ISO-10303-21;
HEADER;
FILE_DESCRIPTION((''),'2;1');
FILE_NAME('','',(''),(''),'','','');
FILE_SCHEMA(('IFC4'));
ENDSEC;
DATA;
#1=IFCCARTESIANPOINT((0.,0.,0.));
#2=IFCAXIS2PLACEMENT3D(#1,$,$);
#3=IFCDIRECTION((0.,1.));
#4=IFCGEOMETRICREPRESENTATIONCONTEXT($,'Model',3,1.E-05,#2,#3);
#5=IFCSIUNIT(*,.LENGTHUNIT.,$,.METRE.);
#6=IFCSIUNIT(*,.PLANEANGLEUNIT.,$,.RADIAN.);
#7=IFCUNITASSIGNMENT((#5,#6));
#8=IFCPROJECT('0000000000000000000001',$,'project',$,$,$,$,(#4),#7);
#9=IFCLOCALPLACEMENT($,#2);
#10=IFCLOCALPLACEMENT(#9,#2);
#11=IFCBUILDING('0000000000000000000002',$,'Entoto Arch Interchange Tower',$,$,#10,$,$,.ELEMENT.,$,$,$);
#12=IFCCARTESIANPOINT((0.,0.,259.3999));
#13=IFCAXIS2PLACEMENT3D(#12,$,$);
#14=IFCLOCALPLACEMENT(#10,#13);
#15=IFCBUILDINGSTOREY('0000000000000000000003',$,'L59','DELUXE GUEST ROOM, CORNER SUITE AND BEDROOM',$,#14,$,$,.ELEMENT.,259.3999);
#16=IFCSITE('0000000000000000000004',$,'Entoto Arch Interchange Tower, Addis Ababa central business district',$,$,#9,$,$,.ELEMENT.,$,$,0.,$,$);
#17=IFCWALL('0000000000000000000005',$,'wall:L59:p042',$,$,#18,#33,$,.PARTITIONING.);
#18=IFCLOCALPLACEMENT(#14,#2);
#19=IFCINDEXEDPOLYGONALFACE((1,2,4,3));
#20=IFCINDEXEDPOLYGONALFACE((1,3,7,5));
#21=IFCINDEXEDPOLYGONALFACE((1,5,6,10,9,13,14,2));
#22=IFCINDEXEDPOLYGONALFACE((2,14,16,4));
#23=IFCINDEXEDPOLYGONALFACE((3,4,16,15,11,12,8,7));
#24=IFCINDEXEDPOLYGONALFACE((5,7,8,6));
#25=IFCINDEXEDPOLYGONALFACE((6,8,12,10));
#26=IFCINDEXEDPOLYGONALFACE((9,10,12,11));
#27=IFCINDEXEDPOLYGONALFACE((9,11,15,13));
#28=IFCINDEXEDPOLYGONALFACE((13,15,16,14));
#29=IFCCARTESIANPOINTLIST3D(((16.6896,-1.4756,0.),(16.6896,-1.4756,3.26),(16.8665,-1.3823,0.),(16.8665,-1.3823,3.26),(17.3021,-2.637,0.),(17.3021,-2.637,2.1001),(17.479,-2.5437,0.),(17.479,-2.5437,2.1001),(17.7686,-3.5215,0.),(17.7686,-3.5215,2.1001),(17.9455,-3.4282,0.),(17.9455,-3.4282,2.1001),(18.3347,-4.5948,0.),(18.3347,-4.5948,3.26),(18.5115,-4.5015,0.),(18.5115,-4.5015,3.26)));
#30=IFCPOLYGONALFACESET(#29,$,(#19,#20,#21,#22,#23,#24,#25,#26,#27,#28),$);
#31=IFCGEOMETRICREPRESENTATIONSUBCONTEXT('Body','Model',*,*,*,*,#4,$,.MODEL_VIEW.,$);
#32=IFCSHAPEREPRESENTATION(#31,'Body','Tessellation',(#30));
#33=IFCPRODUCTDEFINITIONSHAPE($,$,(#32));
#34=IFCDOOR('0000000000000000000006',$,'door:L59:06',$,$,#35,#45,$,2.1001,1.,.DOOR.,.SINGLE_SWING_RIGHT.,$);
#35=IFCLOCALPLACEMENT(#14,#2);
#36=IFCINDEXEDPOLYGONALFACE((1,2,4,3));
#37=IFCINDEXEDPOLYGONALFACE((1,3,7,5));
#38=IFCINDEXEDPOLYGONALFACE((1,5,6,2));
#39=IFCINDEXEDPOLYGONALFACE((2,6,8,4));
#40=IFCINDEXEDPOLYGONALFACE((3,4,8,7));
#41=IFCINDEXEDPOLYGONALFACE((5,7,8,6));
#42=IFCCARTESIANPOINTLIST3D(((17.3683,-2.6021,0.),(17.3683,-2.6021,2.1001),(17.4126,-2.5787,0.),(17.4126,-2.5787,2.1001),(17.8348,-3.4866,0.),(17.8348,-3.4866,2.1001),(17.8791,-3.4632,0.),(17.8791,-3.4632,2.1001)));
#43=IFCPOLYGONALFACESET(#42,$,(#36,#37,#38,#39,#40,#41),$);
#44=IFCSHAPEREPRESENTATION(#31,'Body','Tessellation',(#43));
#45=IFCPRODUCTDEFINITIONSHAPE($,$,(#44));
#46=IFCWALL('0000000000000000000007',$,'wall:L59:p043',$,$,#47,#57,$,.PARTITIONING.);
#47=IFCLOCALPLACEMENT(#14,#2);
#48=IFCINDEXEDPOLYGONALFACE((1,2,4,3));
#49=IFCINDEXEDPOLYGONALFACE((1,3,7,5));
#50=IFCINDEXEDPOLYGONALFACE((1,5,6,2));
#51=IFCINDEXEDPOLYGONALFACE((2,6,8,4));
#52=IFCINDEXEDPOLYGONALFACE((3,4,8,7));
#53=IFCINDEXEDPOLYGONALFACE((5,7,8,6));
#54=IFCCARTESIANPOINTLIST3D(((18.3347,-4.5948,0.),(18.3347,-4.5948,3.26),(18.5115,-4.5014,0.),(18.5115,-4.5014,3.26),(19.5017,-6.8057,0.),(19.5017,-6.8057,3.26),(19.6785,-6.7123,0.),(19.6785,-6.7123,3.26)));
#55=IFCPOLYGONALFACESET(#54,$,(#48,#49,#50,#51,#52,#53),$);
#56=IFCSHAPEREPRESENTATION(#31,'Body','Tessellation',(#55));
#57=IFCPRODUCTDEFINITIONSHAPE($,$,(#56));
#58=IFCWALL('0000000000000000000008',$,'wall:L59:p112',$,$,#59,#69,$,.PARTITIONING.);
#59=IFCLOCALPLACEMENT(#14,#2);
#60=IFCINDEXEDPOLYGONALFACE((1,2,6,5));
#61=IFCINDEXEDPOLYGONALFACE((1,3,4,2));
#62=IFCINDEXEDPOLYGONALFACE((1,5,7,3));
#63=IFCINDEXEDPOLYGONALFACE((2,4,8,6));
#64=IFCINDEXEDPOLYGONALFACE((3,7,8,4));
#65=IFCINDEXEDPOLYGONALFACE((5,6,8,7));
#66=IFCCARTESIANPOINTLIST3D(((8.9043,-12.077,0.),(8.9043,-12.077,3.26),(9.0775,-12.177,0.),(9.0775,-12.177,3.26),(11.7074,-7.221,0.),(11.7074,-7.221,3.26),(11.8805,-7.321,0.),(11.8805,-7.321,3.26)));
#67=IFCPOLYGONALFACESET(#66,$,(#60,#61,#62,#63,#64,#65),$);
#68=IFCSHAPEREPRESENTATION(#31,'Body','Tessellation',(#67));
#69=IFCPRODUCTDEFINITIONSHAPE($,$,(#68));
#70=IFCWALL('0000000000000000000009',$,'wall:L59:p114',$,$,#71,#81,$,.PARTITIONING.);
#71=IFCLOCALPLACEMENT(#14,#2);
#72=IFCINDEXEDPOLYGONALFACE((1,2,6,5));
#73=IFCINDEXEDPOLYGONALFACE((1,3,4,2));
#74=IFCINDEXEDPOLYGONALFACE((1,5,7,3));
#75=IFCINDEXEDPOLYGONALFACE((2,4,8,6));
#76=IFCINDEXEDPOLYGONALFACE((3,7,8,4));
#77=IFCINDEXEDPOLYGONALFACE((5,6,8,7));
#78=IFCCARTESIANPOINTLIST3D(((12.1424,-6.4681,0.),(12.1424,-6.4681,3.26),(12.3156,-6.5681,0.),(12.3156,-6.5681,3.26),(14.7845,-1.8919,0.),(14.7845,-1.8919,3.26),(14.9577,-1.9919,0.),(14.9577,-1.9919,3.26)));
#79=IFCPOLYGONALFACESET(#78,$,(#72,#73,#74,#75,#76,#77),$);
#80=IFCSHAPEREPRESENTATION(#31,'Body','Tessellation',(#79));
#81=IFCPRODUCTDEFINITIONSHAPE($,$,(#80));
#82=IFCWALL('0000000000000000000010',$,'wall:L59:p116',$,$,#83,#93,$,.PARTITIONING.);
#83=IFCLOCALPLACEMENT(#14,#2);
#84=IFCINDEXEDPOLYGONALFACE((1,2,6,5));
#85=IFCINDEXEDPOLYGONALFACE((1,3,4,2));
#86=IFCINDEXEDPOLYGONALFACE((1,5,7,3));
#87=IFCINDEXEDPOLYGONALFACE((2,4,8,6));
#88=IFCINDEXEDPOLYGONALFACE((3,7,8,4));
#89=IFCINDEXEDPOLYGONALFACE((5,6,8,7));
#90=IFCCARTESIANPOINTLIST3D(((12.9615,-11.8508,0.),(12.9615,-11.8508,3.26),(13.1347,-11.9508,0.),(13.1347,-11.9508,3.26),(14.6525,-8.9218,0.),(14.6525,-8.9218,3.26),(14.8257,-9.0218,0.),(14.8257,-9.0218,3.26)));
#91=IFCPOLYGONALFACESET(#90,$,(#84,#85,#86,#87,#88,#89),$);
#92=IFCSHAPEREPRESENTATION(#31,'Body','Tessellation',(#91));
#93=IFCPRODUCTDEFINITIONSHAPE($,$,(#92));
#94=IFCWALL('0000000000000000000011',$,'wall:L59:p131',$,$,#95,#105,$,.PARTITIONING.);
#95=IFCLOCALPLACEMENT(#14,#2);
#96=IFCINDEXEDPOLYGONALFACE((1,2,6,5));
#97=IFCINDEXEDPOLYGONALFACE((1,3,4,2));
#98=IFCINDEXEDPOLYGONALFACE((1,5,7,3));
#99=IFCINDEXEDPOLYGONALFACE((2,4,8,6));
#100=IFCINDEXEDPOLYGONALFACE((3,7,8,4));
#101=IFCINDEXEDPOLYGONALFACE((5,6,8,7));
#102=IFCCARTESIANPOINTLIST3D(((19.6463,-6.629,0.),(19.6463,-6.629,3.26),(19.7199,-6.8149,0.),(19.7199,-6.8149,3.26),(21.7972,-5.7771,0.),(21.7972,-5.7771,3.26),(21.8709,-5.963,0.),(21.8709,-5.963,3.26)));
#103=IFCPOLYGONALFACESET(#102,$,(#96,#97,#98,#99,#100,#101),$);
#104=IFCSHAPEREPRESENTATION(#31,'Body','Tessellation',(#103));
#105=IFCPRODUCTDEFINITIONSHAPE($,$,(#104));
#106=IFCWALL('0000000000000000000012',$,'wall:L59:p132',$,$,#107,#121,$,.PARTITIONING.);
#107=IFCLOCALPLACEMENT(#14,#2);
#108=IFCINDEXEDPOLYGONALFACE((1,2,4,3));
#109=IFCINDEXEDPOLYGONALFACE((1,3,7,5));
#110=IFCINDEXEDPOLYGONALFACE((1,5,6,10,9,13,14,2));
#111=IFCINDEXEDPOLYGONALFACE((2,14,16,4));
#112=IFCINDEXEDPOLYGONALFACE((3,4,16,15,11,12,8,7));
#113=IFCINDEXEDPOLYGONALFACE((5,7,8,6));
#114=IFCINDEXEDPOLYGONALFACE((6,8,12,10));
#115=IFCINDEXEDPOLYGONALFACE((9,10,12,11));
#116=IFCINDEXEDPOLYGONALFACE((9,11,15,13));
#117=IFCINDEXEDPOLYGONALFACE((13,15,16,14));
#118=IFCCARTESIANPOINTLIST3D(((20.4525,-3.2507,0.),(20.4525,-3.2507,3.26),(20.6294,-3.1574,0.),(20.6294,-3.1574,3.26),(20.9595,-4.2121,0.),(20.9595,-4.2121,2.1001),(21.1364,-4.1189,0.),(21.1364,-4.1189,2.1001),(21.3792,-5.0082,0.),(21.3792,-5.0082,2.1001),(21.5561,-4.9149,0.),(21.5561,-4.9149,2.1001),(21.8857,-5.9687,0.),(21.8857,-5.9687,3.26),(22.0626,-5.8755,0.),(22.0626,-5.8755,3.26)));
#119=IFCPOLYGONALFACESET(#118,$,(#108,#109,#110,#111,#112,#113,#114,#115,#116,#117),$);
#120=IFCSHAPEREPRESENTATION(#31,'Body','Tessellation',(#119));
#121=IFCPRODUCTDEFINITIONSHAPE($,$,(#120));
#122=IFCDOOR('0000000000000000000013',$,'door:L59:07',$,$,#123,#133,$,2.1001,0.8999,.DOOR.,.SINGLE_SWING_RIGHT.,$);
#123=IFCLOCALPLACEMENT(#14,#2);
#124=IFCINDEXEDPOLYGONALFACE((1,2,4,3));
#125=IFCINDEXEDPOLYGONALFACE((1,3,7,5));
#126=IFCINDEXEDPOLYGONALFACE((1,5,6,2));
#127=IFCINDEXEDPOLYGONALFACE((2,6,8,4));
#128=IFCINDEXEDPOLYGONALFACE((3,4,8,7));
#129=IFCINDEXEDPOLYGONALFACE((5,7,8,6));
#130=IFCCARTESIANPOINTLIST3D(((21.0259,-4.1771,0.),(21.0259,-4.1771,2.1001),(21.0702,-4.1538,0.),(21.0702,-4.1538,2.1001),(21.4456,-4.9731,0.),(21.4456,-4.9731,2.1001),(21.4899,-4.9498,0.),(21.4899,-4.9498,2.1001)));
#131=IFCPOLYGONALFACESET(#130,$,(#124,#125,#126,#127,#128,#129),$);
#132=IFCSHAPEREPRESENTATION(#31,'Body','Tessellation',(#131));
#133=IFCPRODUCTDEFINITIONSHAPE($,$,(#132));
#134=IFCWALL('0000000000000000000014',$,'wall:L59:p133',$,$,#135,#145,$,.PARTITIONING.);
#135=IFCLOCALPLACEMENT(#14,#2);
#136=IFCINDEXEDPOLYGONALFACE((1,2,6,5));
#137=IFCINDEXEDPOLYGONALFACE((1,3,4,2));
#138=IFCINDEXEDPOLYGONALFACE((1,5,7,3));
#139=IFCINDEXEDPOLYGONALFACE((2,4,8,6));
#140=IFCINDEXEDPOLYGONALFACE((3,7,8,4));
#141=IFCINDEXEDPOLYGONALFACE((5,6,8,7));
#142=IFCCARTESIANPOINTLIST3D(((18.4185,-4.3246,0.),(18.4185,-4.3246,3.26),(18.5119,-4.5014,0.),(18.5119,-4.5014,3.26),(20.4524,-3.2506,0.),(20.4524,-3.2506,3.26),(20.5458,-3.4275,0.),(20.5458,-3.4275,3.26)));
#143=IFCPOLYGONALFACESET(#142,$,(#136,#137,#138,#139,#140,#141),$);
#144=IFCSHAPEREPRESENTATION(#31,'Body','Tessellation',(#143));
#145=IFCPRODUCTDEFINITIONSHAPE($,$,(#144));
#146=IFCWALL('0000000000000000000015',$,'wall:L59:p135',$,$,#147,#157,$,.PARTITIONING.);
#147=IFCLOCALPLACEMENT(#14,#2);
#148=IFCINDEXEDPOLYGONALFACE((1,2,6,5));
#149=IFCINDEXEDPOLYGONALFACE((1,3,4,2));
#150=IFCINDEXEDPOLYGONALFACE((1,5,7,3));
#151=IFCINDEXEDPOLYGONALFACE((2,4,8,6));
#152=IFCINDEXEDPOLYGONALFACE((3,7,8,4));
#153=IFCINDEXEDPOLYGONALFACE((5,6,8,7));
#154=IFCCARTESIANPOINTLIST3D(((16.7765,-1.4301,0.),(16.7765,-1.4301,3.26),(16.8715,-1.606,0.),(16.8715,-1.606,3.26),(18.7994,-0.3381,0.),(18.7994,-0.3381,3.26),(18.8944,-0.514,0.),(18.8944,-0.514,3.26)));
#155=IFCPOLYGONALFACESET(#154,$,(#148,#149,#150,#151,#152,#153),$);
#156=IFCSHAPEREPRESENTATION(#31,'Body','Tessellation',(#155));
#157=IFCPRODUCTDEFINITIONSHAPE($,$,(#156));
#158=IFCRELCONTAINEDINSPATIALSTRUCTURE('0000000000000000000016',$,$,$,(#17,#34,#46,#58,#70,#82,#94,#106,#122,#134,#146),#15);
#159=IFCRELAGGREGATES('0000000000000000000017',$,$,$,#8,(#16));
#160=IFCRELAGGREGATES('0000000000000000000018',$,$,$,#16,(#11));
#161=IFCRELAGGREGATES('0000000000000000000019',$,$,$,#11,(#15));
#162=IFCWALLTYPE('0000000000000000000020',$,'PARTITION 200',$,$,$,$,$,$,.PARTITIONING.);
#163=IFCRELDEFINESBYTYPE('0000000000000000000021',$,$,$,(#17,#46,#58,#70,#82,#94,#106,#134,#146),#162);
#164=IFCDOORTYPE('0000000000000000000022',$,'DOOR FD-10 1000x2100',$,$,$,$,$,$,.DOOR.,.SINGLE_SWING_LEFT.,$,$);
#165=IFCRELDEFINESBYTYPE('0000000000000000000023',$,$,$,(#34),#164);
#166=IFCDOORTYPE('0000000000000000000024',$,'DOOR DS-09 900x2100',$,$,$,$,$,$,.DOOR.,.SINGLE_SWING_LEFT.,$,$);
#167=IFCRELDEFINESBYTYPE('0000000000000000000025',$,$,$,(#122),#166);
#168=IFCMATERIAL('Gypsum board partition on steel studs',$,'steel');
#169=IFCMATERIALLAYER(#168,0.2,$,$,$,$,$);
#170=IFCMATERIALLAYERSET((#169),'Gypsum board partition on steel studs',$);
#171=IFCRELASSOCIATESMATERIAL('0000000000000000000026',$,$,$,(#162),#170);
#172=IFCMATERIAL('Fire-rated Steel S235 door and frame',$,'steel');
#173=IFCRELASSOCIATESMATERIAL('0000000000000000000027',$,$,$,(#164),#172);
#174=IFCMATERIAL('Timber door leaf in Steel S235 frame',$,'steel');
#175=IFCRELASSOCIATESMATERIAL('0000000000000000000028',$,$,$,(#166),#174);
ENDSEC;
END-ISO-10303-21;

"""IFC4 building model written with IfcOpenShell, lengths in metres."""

from ifc_helpers import new_model, si_unit, direction, frame, frame_2d, origin, place, context, subcontext, project, spatial, rectangle, extrude, material, layer, layer_set, type_object, element, fill, save


model = new_model("IFC4")

# Units and contexts
model_context = context("Model", 3, precision=1e-05, world=origin(), true_north=direction((0.0, 1.0)))
body_context = subcontext(model_context, "Body", "Model", "MODEL_VIEW")
ifc_project = project(units=[si_unit("LENGTHUNIT", "METRE"), si_unit("PLANEANGLEUNIT", "RADIAN")], contexts=[model_context])

# Site, building, storey
site_placement = place(None, origin())
site = spatial("IfcSite", under=ifc_project, at=site_placement, Name="Entoto Arch Interchange Tower, Addis Ababa central business district", CompositionType="ELEMENT", RefElevation=0.0)
building_placement = place(site_placement, origin())
building = spatial("IfcBuilding", under=site, at=building_placement, Name="Entoto Arch Interchange Tower", CompositionType="ELEMENT")
storey_placement = place(building_placement, frame((0.0, 0.0, 259.3999)))
storey = spatial("IfcBuildingStorey", under=building, at=storey_placement, Name="L59", Description="DELUXE GUEST ROOM, CORNER SUITE AND BEDROOM", CompositionType="ELEMENT", Elevation=259.3999)

# Shared definitions
ifc_material_1 = material(Name="Gypsum board partition on steel studs", Category="steel")

# Shared definitions
ifc_layer_1 = layer(ifc_material_1, 0.2)
ifc_layer_set_1 = layer_set([ifc_layer_1], Name="Gypsum board partition on steel studs")
wall_type_1 = type_object("IfcWallType", Name="PARTITION 200", PredefinedType="PARTITIONING", material=ifc_layer_set_1)
ifc_material_2 = material(Name="Timber door leaf in Steel S235 frame", Category="steel")

# Wall, opening, door
wall_1_placement = place(storey_placement, frame((16.7781, -1.429, 0.0), z_axis=(0.0, 0.0, 1.0), x_axis=(0.466494, -0.884524, 0.0)))
wall_1 = element("IfcWall", 1, at=wall_1_placement, inside=storey, type_object=wall_type_1, Name="wall:L59:p042", PredefinedType="PARTITIONING", context=body_context, shape_type="SweptSolid", body=[
    extrude(rectangle(XDim=3.5264, YDim=0.2, at=frame_2d((1.7632, 0.0))), origin(), (0.0, 0.0, 1.0), 3.26),
])
opening_1_placement = place(wall_1_placement, frame((1.313, 0.0, 0.0)))
opening_1 = element("IfcOpeningElement", 2, at=opening_1_placement, cuts=wall_1, PredefinedType="OPENING", context=body_context, shape_type="SweptSolid", body=[
    extrude(rectangle(XDim=1.0, YDim=2.1001, at=frame_2d((0.5, 1.05))), frame((0.0, 0.1099, 0.0), z_axis=(0.0, -1.0, 0.0), x_axis=(1.0, 0.0, 0.0)), (0.0, 0.0, 1.0), 0.22),
])
ifc_material_3 = material(Name="Fire-rated Steel S235 door and frame", Category="steel")
door_type_1 = type_object("IfcDoorType", Name="DOOR FD-10 1000x2100", OperationType="SINGLE_SWING_LEFT", PredefinedType="DOOR", material=ifc_material_3)
door_1_placement = place(opening_1_placement, origin())
door_1 = element("IfcDoor", 3, at=door_1_placement, inside=storey, type_object=door_type_1, Name="door:L59:06", OperationType="SINGLE_SWING_RIGHT", OverallHeight=2.1001, OverallWidth=1.0, PredefinedType="DOOR", context=body_context, shape_type="SweptSolid", body=[
    extrude(rectangle(XDim=1.0, YDim=2.1001, at=frame_2d((0.5, 1.05))), frame((0.0, 0.0249, 0.0), z_axis=(0.0, -1.0, 0.0), x_axis=(1.0, 0.0, 0.0)), (0.0, 0.0, 1.0), 0.05),
])
fill(opening_1, door_1)

# Walls
wall_2_placement = place(storey_placement, frame((18.4231, -4.5481, 0.0), z_axis=(0.0, 0.0, 1.0), x_axis=(0.466793, -0.884367, 0.0)))
element("IfcWall", 4, at=wall_2_placement, inside=storey, type_object=wall_type_1, Name="wall:L59:p043", PredefinedType="PARTITIONING", context=body_context, shape_type="SweptSolid", body=[
    extrude(rectangle(XDim=2.5, YDim=0.2, at=frame_2d((1.25, 0.0))), origin(), (0.0, 0.0, 1.0), 3.26),
])
wall_3_placement = place(storey_placement, frame((11.7939, -7.271, 0.0), z_axis=(0.0, 0.0, 1.0), x_axis=(-0.499918, -0.866072, 0.0)))
element("IfcWall", 5, at=wall_3_placement, inside=storey, type_object=wall_type_1, Name="wall:L59:p112", PredefinedType="PARTITIONING", context=body_context, shape_type="SweptSolid", body=[
    extrude(rectangle(XDim=5.6069, YDim=0.2, at=frame_2d((2.8035, 0.0))), origin(), (0.0, 0.0, 1.0), 3.26),
])
wall_4_placement = place(storey_placement, frame((14.8711, -1.9419, 0.0), z_axis=(0.0, 0.0, 1.0), x_axis=(-0.500005, -0.866022, 0.0)))
element("IfcWall", 6, at=wall_4_placement, inside=storey, type_object=wall_type_1, Name="wall:L59:p114", PredefinedType="PARTITIONING", context=body_context, shape_type="SweptSolid", body=[
    extrude(rectangle(XDim=5.2842, YDim=0.2, at=frame_2d((2.6421, 0.0))), origin(), (0.0, 0.0, 1.0), 3.26),
])
wall_5_placement = place(storey_placement, frame((14.739, -8.9719, 0.0), z_axis=(0.0, 0.0, 1.0), x_axis=(-0.499974, -0.86604, 0.0)))
element("IfcWall", 7, at=wall_5_placement, inside=storey, type_object=wall_type_1, Name="wall:L59:p116", PredefinedType="PARTITIONING", context=body_context, shape_type="SweptSolid", body=[
    extrude(rectangle(XDim=3.3821, YDim=0.2, at=frame_2d((1.6909, 0.0))), origin(), (0.0, 0.0, 1.0), 3.26),
])
wall_6_placement = place(storey_placement, frame((19.6831, -6.7219, 0.0), z_axis=(0.0, 0.0, 1.0), x_axis=(0.929745, 0.368204, 0.0)))
element("IfcWall", 8, at=wall_6_placement, inside=storey, type_object=wall_type_1, Name="wall:L59:p131", PredefinedType="PARTITIONING", context=body_context, shape_type="SweptSolid", body=[
    extrude(rectangle(XDim=2.3135, YDim=0.2, at=frame_2d((1.1567, 0.0))), origin(), (0.0, 0.0, 1.0), 3.26),
])

# Wall, opening, door
wall_7_placement = place(storey_placement, frame((21.9741, -5.9221, 0.0), z_axis=(0.0, 0.0, 1.0), x_axis=(-0.466401, 0.884573, 0.0)))
wall_7 = element("IfcWall", 9, at=wall_7_placement, inside=storey, type_object=wall_type_1, Name="wall:L59:p132", PredefinedType="PARTITIONING", context=body_context, shape_type="SweptSolid", body=[
    extrude(rectangle(XDim=3.0728, YDim=0.2, at=frame_2d((1.5364, 0.0))), origin(), (0.0, 0.0, 1.0), 3.26),
])
opening_2_placement = place(wall_7_placement, frame((1.0859, 0.0, 0.0)))
opening_2 = element("IfcOpeningElement", 10, at=opening_2_placement, cuts=wall_7, PredefinedType="OPENING", context=body_context, shape_type="SweptSolid", body=[
    extrude(rectangle(XDim=0.8999, YDim=2.1001, at=frame_2d((0.45, 1.05))), frame((0.0, 0.1099, 0.0), z_axis=(0.0, -1.0, 0.0), x_axis=(1.0, 0.0, 0.0)), (0.0, 0.0, 1.0), 0.22),
])
door_type_2 = type_object("IfcDoorType", Name="DOOR DS-09 900x2100", OperationType="SINGLE_SWING_LEFT", PredefinedType="DOOR", material=ifc_material_2)
door_2_placement = place(opening_2_placement, origin())
door_2 = element("IfcDoor", 11, at=door_2_placement, inside=storey, type_object=door_type_2, Name="door:L59:07", OperationType="SINGLE_SWING_RIGHT", OverallHeight=2.1001, OverallWidth=0.8999, PredefinedType="DOOR", context=body_context, shape_type="SweptSolid", body=[
    extrude(rectangle(XDim=0.8999, YDim=2.1001, at=frame_2d((0.45, 1.05))), frame((0.0, 0.0249, 0.0), z_axis=(0.0, -1.0, 0.0), x_axis=(1.0, 0.0, 0.0)), (0.0, 0.0, 1.0), 0.05),
])
fill(opening_2, door_2)

# Walls
wall_8_placement = place(storey_placement, frame((20.499, -3.3391, 0.0), z_axis=(0.0, 0.0, 1.0), x_axis=(-0.884293, -0.466932, 0.0)))
element("IfcWall", 12, at=wall_8_placement, inside=storey, type_object=wall_type_1, Name="wall:L59:p133", PredefinedType="PARTITIONING", context=body_context, shape_type="SweptSolid", body=[
    extrude(rectangle(XDim=2.3, YDim=0.2, at=frame_2d((1.1499, 0.0))), origin(), (0.0, 0.0, 1.0), 3.26),
])
wall_9_placement = place(storey_placement, frame((16.824, -1.5181, 0.0), z_axis=(0.0, 0.0, 1.0), x_axis=(0.879969, 0.475031, 0.0)))
element("IfcWall", 13, at=wall_9_placement, inside=storey, type_object=wall_type_1, Name="wall:L59:p135", PredefinedType="PARTITIONING", context=body_context, shape_type="SweptSolid", body=[
    extrude(rectangle(XDim=2.2988, YDim=0.2, at=frame_2d((1.1494, 0.0))), origin(), (0.0, 0.0, 1.0), 3.26),
])

save(model, "model.ifc")
